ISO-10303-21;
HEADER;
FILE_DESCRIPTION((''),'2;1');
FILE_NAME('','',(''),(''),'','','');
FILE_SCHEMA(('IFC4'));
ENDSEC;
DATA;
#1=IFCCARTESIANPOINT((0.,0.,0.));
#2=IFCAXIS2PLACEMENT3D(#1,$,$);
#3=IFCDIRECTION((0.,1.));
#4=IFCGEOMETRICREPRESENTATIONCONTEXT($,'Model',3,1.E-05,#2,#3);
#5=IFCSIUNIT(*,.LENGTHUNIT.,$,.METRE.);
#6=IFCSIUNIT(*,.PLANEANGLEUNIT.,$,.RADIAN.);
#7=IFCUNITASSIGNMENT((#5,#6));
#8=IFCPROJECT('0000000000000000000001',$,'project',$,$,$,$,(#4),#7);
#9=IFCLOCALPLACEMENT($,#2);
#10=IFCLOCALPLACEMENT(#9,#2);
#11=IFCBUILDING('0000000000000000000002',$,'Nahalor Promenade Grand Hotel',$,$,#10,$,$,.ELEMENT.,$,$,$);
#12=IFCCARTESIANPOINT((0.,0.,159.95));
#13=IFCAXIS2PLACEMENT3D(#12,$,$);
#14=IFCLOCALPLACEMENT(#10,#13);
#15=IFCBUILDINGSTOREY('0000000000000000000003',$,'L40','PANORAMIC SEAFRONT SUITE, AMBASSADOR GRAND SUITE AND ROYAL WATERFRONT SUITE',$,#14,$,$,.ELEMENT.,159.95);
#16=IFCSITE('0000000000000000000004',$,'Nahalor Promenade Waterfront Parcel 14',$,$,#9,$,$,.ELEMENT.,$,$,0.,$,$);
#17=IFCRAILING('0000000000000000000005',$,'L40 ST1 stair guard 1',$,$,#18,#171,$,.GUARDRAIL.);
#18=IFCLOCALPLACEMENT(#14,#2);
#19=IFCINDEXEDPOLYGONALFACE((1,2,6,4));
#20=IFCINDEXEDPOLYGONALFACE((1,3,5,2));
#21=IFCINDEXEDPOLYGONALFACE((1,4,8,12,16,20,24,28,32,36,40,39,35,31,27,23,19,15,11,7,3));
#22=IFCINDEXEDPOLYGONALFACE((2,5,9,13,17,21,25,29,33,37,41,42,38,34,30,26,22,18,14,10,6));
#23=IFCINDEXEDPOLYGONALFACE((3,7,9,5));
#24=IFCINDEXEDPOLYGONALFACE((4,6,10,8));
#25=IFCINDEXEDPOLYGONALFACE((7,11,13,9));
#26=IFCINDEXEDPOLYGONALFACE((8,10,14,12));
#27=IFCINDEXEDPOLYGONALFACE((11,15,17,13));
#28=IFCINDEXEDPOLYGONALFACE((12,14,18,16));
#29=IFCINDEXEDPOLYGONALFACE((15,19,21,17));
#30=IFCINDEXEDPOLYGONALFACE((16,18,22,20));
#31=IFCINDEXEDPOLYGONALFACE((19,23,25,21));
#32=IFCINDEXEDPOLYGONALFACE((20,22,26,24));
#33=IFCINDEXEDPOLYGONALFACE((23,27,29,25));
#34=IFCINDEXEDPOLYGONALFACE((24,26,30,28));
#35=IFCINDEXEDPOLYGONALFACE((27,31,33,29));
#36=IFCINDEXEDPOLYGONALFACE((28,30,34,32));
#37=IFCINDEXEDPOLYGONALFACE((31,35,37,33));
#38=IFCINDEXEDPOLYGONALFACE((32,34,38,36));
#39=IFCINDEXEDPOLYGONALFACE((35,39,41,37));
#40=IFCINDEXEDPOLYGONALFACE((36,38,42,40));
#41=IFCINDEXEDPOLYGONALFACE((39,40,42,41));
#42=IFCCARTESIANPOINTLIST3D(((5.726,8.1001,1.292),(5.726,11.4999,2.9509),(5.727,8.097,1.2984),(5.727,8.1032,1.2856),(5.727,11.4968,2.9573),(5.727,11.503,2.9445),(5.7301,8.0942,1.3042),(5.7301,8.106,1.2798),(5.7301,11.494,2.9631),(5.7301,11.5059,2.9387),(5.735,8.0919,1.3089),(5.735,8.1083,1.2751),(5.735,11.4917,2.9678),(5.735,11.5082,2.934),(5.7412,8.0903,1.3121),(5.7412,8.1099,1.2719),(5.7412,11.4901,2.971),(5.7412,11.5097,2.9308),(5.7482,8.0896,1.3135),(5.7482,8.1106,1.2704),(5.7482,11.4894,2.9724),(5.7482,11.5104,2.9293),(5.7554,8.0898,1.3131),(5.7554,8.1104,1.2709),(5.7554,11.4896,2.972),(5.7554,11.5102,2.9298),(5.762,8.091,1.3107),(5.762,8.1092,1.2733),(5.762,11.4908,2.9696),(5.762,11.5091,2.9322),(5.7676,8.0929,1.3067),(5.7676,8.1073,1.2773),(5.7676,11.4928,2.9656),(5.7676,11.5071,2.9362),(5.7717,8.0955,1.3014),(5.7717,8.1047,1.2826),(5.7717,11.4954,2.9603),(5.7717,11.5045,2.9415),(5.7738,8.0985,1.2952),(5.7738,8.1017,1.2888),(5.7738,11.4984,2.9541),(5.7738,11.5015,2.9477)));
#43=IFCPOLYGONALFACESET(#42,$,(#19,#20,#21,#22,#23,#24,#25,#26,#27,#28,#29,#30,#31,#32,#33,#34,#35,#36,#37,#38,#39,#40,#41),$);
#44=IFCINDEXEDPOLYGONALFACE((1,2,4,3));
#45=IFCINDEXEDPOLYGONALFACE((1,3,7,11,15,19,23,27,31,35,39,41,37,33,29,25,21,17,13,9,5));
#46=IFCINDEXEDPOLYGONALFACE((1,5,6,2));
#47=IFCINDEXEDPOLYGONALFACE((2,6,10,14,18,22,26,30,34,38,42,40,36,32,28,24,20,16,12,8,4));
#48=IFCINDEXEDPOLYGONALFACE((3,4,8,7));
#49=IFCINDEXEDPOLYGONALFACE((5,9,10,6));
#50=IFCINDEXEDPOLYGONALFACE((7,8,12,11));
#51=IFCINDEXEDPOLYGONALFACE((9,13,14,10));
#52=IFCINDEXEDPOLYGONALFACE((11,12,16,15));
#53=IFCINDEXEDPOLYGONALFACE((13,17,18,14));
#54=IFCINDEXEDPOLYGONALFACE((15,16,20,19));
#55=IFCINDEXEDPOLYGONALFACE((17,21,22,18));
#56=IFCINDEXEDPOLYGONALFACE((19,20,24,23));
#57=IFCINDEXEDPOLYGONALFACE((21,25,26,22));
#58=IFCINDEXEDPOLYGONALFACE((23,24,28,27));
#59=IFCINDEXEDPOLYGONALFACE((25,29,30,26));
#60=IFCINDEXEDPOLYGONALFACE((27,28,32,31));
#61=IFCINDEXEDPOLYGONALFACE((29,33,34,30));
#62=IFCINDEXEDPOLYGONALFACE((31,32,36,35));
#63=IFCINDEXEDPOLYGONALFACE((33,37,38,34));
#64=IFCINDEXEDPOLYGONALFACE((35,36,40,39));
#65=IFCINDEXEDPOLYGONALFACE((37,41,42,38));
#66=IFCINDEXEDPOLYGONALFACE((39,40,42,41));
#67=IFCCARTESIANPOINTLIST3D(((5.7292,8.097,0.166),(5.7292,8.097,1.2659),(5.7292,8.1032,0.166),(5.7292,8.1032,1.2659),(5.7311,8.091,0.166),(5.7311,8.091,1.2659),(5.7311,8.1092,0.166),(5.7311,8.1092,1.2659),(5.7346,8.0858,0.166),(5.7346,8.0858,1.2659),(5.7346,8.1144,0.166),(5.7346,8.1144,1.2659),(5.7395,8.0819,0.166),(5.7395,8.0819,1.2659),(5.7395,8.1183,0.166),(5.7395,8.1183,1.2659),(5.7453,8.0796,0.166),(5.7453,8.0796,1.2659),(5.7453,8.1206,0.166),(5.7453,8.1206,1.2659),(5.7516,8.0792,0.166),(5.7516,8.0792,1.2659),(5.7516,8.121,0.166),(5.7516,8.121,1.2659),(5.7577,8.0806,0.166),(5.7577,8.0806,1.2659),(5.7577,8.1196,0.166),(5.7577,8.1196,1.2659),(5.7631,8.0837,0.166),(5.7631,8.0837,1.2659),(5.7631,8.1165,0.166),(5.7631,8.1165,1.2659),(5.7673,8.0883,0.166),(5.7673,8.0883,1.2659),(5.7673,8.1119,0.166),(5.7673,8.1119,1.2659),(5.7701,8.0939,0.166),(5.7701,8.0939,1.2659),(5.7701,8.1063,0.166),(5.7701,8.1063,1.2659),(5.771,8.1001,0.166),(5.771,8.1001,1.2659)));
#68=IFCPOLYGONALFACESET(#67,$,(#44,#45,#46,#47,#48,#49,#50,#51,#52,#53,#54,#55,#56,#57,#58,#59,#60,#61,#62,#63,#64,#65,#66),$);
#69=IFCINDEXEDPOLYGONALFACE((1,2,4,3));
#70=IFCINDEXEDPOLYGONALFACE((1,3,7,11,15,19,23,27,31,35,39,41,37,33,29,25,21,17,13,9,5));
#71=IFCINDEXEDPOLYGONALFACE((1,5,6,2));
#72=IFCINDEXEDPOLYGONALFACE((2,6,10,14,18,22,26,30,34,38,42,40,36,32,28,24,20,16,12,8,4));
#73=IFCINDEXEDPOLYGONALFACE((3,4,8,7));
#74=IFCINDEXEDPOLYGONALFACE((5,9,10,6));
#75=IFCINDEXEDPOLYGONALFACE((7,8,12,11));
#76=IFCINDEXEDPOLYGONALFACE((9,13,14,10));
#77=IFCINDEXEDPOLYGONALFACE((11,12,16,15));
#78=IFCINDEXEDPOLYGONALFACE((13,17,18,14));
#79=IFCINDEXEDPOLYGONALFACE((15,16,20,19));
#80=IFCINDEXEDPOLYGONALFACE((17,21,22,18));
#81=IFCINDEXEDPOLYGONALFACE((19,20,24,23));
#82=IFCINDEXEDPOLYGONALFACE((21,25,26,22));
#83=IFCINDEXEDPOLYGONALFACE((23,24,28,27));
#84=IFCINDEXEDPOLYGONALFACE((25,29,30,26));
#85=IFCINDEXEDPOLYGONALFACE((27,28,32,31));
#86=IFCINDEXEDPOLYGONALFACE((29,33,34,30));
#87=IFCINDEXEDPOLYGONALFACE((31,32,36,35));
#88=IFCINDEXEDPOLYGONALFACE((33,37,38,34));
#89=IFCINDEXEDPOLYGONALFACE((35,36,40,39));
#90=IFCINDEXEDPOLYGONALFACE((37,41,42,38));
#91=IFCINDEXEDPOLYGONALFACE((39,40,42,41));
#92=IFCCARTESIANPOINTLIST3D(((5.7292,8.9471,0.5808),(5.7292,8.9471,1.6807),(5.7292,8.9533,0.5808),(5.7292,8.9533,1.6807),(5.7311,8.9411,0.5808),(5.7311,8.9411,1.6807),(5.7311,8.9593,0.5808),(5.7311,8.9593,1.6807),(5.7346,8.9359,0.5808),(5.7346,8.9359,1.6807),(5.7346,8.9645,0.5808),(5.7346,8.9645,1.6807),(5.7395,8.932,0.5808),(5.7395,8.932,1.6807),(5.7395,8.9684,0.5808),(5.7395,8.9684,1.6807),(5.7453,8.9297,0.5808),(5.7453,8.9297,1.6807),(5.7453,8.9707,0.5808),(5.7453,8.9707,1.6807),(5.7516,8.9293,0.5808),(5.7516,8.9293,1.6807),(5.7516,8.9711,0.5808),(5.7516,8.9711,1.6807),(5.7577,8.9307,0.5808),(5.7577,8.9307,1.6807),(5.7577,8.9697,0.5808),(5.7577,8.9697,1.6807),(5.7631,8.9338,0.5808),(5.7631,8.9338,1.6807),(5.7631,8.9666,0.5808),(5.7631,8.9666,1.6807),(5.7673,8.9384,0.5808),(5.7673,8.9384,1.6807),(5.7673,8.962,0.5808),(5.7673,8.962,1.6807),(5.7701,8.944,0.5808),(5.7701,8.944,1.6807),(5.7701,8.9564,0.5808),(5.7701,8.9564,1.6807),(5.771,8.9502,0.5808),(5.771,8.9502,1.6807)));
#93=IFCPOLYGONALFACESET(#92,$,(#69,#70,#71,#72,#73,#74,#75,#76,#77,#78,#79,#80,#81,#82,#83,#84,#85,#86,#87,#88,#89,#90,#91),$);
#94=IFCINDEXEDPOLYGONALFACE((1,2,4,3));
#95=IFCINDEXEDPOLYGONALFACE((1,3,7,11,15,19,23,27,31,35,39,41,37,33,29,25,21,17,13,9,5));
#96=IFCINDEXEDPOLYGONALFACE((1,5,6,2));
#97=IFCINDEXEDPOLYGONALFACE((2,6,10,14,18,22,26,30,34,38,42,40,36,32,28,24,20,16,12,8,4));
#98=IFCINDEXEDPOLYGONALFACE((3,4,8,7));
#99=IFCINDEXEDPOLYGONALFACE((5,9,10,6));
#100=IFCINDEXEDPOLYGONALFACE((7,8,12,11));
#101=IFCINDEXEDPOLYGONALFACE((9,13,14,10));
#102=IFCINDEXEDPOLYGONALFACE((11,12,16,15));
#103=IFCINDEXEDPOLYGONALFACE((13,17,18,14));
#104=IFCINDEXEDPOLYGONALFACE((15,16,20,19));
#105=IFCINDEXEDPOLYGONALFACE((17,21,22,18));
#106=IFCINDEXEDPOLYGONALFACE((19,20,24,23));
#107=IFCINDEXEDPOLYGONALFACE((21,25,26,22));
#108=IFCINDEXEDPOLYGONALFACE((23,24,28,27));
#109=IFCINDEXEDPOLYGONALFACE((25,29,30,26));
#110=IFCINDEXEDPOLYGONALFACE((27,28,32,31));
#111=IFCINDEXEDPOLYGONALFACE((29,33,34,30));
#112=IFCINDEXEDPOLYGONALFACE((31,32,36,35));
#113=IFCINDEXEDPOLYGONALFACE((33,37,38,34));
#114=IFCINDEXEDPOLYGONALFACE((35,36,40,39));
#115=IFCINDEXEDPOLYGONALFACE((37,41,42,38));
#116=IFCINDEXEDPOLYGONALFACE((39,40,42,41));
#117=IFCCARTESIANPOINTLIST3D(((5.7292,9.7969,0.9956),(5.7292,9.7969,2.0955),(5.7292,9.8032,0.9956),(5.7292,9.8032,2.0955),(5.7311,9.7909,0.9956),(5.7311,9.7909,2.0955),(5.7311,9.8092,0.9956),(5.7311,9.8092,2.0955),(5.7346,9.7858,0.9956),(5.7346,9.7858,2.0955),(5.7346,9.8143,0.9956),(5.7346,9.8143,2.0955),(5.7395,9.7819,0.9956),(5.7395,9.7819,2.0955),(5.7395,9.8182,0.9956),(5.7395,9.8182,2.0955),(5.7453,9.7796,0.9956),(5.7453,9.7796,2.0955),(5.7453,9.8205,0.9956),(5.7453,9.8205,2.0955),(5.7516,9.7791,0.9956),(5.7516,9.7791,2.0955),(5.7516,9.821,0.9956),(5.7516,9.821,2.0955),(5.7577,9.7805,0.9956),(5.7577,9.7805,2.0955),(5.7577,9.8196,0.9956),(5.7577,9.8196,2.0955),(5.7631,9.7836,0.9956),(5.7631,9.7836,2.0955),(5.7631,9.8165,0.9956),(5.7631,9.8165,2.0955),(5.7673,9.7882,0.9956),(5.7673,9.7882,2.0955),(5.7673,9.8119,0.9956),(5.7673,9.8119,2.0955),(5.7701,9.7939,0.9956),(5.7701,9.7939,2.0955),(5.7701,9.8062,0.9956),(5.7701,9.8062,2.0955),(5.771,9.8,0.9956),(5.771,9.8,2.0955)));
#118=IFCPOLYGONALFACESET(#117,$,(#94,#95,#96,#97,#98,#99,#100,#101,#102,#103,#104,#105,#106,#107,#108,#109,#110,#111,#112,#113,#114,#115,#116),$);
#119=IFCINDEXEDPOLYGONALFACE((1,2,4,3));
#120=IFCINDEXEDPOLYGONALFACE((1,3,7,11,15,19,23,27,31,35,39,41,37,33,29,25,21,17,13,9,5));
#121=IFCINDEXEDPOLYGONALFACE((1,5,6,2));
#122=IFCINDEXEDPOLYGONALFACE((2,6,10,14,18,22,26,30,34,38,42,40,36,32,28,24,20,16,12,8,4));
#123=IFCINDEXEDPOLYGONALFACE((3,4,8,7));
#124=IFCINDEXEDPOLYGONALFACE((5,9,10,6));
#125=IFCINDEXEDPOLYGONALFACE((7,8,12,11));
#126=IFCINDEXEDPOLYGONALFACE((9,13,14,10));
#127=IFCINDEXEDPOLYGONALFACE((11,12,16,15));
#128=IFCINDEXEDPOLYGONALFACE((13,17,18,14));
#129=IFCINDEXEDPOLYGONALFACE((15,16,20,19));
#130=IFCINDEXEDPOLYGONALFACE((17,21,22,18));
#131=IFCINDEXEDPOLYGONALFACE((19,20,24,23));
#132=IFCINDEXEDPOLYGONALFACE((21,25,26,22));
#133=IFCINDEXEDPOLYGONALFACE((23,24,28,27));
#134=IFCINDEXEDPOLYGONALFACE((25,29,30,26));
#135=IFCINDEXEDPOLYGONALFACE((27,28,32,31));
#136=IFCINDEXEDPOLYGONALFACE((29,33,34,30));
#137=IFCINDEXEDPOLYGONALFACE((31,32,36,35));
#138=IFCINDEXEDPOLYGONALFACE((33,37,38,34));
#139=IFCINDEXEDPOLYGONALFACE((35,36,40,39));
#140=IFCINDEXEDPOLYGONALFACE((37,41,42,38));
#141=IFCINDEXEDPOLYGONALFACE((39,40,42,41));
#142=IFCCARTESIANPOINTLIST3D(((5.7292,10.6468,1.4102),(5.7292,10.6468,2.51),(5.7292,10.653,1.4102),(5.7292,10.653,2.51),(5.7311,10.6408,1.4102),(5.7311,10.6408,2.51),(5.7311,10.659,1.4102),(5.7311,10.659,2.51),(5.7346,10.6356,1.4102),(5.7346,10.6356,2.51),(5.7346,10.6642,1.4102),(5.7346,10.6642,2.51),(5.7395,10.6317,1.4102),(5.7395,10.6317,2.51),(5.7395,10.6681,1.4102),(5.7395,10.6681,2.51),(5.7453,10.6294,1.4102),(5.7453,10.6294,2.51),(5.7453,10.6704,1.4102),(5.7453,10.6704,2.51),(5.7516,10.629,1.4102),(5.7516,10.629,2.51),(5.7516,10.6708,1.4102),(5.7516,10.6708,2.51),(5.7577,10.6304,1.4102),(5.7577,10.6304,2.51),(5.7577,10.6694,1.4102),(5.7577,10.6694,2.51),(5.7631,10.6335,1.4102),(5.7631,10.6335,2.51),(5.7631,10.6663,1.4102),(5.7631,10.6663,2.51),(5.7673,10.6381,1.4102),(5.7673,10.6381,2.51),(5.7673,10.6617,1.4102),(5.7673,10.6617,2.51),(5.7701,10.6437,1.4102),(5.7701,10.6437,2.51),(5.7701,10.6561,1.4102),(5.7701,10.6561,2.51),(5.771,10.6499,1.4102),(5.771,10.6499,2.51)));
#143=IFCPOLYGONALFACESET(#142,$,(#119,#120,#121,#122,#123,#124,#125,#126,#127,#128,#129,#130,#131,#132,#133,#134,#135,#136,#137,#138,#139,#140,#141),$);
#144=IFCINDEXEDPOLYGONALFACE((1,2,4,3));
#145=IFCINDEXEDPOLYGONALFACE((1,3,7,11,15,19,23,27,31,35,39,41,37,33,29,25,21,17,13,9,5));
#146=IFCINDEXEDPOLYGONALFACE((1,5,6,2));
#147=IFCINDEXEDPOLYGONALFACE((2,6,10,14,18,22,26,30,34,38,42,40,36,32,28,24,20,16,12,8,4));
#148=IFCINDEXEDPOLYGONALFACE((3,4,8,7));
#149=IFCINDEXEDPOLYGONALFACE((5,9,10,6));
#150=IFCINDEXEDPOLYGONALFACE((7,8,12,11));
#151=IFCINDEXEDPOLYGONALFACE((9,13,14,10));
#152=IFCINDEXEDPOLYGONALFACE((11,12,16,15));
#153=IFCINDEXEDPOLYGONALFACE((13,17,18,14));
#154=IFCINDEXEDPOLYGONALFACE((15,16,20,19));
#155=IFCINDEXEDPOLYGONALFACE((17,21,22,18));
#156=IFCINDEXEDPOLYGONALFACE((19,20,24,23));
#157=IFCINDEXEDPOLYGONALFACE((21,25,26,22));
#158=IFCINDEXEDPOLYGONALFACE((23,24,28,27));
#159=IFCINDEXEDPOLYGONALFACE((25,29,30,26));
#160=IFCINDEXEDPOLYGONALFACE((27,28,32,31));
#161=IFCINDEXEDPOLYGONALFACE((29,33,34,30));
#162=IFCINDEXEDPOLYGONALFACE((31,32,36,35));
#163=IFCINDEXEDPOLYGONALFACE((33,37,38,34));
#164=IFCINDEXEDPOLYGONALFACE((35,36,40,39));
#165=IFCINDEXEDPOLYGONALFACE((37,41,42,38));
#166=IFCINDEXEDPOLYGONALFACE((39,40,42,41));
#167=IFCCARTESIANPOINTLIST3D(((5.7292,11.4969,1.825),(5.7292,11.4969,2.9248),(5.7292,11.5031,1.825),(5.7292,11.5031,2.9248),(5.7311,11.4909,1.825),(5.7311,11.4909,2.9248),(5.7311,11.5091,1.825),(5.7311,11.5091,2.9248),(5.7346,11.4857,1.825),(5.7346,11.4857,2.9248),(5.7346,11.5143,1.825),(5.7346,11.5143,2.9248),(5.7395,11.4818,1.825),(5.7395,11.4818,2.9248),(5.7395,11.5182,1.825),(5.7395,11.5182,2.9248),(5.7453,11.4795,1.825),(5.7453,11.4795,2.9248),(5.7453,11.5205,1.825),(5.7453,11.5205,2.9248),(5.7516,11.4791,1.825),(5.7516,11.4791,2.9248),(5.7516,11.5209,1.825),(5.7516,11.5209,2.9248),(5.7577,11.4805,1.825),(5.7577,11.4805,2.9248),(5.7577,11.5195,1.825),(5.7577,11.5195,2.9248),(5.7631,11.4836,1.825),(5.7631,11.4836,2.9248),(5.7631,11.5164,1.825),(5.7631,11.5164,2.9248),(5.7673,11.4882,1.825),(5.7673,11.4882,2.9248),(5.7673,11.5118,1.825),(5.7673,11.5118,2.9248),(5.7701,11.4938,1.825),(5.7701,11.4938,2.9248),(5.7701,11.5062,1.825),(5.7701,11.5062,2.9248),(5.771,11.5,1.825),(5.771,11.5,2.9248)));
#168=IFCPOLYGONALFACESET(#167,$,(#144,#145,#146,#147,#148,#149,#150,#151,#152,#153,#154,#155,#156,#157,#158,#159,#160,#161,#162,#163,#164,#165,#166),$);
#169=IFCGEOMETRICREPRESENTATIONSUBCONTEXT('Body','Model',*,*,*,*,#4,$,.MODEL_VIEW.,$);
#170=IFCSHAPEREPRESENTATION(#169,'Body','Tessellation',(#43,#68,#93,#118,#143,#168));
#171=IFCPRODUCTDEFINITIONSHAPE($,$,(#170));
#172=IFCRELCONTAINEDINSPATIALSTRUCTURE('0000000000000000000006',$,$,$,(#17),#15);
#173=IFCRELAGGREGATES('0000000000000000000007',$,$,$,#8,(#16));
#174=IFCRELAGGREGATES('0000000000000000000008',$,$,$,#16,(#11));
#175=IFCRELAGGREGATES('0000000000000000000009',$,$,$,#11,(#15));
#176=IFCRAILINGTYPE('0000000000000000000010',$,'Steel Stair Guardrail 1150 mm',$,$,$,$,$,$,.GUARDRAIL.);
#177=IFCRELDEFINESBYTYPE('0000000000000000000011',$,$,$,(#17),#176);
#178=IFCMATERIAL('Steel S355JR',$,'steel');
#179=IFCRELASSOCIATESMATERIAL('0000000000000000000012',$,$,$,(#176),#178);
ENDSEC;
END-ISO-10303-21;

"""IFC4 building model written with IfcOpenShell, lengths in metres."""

from ifc_helpers import new_model, si_unit, direction, frame, origin, origin_2d, place, context, subcontext, project, spatial, circle, extrude, material, type_object, element, save


model = new_model("IFC4")

# Units and contexts
model_context = context("Model", 3, precision=1e-05, world=origin(), true_north=direction((0.0, 1.0)))
body_context = subcontext(model_context, "Body", "Model", "MODEL_VIEW")
ifc_project = project(units=[si_unit("LENGTHUNIT", "METRE"), si_unit("PLANEANGLEUNIT", "RADIAN")], contexts=[model_context])

# Site, building, storey
site_placement = place(None, origin())
site = spatial("IfcSite", under=ifc_project, at=site_placement, Name="Nahalor Promenade Waterfront Parcel 14", CompositionType="ELEMENT", RefElevation=0.0)
building_placement = place(site_placement, origin())
building = spatial("IfcBuilding", under=site, at=building_placement, Name="Nahalor Promenade Grand Hotel", CompositionType="ELEMENT")
storey_placement = place(building_placement, frame((0.0, 0.0, 159.95)))
storey = spatial("IfcBuildingStorey", under=building, at=storey_placement, Name="L40", Description="PANORAMIC SEAFRONT SUITE, AMBASSADOR GRAND SUITE AND ROYAL WATERFRONT SUITE", CompositionType="ELEMENT", Elevation=159.95)

# Shared definitions
ifc_material_1 = material(Name="Steel S355JR", Category="steel")

# Railing
railing_type_1 = type_object("IfcRailingType", Name="Steel Stair Guardrail 1150 mm", PredefinedType="GUARDRAIL", material=ifc_material_1)
railing_1_placement = place(storey_placement, frame((5.75, 8.1001, 0.166)))
element("IfcRailing", 1, at=railing_1_placement, inside=storey, type_object=railing_type_1, Name="L40 ST1 stair guard 1", PredefinedType="GUARDRAIL", context=body_context, shape_type="SweptSolid", body=[
    extrude(circle(Radius=0.024, at=origin_2d()), frame((0.0, 0.0, 1.126), z_axis=(0.0, 0.898722, 0.438519), x_axis=(-1.0, 0.0, 0.0)), (0.0, 0.0, 1.0), 3.783),
    extrude(circle(Radius=0.021, at=origin_2d()), origin(), (0.0, 0.0, 1.0), 1.0999),
    extrude(circle(Radius=0.021, at=origin_2d()), frame((0.0, 0.8501, 0.4148)), (0.0, 0.0, 1.0), 1.0999),
    extrude(circle(Radius=0.021, at=origin_2d()), frame((0.0, 1.7, 0.8296)), (0.0, 0.0, 1.0), 1.0999),
    extrude(circle(Radius=0.021, at=origin_2d()), frame((0.0, 2.5498, 1.2441)), (0.0, 0.0, 1.0), 1.0999),
    extrude(circle(Radius=0.021, at=origin_2d()), frame((0.0, 3.3999, 1.6589)), (0.0, 0.0, 1.0), 1.0999),
])

save(model, "model.ifc")
